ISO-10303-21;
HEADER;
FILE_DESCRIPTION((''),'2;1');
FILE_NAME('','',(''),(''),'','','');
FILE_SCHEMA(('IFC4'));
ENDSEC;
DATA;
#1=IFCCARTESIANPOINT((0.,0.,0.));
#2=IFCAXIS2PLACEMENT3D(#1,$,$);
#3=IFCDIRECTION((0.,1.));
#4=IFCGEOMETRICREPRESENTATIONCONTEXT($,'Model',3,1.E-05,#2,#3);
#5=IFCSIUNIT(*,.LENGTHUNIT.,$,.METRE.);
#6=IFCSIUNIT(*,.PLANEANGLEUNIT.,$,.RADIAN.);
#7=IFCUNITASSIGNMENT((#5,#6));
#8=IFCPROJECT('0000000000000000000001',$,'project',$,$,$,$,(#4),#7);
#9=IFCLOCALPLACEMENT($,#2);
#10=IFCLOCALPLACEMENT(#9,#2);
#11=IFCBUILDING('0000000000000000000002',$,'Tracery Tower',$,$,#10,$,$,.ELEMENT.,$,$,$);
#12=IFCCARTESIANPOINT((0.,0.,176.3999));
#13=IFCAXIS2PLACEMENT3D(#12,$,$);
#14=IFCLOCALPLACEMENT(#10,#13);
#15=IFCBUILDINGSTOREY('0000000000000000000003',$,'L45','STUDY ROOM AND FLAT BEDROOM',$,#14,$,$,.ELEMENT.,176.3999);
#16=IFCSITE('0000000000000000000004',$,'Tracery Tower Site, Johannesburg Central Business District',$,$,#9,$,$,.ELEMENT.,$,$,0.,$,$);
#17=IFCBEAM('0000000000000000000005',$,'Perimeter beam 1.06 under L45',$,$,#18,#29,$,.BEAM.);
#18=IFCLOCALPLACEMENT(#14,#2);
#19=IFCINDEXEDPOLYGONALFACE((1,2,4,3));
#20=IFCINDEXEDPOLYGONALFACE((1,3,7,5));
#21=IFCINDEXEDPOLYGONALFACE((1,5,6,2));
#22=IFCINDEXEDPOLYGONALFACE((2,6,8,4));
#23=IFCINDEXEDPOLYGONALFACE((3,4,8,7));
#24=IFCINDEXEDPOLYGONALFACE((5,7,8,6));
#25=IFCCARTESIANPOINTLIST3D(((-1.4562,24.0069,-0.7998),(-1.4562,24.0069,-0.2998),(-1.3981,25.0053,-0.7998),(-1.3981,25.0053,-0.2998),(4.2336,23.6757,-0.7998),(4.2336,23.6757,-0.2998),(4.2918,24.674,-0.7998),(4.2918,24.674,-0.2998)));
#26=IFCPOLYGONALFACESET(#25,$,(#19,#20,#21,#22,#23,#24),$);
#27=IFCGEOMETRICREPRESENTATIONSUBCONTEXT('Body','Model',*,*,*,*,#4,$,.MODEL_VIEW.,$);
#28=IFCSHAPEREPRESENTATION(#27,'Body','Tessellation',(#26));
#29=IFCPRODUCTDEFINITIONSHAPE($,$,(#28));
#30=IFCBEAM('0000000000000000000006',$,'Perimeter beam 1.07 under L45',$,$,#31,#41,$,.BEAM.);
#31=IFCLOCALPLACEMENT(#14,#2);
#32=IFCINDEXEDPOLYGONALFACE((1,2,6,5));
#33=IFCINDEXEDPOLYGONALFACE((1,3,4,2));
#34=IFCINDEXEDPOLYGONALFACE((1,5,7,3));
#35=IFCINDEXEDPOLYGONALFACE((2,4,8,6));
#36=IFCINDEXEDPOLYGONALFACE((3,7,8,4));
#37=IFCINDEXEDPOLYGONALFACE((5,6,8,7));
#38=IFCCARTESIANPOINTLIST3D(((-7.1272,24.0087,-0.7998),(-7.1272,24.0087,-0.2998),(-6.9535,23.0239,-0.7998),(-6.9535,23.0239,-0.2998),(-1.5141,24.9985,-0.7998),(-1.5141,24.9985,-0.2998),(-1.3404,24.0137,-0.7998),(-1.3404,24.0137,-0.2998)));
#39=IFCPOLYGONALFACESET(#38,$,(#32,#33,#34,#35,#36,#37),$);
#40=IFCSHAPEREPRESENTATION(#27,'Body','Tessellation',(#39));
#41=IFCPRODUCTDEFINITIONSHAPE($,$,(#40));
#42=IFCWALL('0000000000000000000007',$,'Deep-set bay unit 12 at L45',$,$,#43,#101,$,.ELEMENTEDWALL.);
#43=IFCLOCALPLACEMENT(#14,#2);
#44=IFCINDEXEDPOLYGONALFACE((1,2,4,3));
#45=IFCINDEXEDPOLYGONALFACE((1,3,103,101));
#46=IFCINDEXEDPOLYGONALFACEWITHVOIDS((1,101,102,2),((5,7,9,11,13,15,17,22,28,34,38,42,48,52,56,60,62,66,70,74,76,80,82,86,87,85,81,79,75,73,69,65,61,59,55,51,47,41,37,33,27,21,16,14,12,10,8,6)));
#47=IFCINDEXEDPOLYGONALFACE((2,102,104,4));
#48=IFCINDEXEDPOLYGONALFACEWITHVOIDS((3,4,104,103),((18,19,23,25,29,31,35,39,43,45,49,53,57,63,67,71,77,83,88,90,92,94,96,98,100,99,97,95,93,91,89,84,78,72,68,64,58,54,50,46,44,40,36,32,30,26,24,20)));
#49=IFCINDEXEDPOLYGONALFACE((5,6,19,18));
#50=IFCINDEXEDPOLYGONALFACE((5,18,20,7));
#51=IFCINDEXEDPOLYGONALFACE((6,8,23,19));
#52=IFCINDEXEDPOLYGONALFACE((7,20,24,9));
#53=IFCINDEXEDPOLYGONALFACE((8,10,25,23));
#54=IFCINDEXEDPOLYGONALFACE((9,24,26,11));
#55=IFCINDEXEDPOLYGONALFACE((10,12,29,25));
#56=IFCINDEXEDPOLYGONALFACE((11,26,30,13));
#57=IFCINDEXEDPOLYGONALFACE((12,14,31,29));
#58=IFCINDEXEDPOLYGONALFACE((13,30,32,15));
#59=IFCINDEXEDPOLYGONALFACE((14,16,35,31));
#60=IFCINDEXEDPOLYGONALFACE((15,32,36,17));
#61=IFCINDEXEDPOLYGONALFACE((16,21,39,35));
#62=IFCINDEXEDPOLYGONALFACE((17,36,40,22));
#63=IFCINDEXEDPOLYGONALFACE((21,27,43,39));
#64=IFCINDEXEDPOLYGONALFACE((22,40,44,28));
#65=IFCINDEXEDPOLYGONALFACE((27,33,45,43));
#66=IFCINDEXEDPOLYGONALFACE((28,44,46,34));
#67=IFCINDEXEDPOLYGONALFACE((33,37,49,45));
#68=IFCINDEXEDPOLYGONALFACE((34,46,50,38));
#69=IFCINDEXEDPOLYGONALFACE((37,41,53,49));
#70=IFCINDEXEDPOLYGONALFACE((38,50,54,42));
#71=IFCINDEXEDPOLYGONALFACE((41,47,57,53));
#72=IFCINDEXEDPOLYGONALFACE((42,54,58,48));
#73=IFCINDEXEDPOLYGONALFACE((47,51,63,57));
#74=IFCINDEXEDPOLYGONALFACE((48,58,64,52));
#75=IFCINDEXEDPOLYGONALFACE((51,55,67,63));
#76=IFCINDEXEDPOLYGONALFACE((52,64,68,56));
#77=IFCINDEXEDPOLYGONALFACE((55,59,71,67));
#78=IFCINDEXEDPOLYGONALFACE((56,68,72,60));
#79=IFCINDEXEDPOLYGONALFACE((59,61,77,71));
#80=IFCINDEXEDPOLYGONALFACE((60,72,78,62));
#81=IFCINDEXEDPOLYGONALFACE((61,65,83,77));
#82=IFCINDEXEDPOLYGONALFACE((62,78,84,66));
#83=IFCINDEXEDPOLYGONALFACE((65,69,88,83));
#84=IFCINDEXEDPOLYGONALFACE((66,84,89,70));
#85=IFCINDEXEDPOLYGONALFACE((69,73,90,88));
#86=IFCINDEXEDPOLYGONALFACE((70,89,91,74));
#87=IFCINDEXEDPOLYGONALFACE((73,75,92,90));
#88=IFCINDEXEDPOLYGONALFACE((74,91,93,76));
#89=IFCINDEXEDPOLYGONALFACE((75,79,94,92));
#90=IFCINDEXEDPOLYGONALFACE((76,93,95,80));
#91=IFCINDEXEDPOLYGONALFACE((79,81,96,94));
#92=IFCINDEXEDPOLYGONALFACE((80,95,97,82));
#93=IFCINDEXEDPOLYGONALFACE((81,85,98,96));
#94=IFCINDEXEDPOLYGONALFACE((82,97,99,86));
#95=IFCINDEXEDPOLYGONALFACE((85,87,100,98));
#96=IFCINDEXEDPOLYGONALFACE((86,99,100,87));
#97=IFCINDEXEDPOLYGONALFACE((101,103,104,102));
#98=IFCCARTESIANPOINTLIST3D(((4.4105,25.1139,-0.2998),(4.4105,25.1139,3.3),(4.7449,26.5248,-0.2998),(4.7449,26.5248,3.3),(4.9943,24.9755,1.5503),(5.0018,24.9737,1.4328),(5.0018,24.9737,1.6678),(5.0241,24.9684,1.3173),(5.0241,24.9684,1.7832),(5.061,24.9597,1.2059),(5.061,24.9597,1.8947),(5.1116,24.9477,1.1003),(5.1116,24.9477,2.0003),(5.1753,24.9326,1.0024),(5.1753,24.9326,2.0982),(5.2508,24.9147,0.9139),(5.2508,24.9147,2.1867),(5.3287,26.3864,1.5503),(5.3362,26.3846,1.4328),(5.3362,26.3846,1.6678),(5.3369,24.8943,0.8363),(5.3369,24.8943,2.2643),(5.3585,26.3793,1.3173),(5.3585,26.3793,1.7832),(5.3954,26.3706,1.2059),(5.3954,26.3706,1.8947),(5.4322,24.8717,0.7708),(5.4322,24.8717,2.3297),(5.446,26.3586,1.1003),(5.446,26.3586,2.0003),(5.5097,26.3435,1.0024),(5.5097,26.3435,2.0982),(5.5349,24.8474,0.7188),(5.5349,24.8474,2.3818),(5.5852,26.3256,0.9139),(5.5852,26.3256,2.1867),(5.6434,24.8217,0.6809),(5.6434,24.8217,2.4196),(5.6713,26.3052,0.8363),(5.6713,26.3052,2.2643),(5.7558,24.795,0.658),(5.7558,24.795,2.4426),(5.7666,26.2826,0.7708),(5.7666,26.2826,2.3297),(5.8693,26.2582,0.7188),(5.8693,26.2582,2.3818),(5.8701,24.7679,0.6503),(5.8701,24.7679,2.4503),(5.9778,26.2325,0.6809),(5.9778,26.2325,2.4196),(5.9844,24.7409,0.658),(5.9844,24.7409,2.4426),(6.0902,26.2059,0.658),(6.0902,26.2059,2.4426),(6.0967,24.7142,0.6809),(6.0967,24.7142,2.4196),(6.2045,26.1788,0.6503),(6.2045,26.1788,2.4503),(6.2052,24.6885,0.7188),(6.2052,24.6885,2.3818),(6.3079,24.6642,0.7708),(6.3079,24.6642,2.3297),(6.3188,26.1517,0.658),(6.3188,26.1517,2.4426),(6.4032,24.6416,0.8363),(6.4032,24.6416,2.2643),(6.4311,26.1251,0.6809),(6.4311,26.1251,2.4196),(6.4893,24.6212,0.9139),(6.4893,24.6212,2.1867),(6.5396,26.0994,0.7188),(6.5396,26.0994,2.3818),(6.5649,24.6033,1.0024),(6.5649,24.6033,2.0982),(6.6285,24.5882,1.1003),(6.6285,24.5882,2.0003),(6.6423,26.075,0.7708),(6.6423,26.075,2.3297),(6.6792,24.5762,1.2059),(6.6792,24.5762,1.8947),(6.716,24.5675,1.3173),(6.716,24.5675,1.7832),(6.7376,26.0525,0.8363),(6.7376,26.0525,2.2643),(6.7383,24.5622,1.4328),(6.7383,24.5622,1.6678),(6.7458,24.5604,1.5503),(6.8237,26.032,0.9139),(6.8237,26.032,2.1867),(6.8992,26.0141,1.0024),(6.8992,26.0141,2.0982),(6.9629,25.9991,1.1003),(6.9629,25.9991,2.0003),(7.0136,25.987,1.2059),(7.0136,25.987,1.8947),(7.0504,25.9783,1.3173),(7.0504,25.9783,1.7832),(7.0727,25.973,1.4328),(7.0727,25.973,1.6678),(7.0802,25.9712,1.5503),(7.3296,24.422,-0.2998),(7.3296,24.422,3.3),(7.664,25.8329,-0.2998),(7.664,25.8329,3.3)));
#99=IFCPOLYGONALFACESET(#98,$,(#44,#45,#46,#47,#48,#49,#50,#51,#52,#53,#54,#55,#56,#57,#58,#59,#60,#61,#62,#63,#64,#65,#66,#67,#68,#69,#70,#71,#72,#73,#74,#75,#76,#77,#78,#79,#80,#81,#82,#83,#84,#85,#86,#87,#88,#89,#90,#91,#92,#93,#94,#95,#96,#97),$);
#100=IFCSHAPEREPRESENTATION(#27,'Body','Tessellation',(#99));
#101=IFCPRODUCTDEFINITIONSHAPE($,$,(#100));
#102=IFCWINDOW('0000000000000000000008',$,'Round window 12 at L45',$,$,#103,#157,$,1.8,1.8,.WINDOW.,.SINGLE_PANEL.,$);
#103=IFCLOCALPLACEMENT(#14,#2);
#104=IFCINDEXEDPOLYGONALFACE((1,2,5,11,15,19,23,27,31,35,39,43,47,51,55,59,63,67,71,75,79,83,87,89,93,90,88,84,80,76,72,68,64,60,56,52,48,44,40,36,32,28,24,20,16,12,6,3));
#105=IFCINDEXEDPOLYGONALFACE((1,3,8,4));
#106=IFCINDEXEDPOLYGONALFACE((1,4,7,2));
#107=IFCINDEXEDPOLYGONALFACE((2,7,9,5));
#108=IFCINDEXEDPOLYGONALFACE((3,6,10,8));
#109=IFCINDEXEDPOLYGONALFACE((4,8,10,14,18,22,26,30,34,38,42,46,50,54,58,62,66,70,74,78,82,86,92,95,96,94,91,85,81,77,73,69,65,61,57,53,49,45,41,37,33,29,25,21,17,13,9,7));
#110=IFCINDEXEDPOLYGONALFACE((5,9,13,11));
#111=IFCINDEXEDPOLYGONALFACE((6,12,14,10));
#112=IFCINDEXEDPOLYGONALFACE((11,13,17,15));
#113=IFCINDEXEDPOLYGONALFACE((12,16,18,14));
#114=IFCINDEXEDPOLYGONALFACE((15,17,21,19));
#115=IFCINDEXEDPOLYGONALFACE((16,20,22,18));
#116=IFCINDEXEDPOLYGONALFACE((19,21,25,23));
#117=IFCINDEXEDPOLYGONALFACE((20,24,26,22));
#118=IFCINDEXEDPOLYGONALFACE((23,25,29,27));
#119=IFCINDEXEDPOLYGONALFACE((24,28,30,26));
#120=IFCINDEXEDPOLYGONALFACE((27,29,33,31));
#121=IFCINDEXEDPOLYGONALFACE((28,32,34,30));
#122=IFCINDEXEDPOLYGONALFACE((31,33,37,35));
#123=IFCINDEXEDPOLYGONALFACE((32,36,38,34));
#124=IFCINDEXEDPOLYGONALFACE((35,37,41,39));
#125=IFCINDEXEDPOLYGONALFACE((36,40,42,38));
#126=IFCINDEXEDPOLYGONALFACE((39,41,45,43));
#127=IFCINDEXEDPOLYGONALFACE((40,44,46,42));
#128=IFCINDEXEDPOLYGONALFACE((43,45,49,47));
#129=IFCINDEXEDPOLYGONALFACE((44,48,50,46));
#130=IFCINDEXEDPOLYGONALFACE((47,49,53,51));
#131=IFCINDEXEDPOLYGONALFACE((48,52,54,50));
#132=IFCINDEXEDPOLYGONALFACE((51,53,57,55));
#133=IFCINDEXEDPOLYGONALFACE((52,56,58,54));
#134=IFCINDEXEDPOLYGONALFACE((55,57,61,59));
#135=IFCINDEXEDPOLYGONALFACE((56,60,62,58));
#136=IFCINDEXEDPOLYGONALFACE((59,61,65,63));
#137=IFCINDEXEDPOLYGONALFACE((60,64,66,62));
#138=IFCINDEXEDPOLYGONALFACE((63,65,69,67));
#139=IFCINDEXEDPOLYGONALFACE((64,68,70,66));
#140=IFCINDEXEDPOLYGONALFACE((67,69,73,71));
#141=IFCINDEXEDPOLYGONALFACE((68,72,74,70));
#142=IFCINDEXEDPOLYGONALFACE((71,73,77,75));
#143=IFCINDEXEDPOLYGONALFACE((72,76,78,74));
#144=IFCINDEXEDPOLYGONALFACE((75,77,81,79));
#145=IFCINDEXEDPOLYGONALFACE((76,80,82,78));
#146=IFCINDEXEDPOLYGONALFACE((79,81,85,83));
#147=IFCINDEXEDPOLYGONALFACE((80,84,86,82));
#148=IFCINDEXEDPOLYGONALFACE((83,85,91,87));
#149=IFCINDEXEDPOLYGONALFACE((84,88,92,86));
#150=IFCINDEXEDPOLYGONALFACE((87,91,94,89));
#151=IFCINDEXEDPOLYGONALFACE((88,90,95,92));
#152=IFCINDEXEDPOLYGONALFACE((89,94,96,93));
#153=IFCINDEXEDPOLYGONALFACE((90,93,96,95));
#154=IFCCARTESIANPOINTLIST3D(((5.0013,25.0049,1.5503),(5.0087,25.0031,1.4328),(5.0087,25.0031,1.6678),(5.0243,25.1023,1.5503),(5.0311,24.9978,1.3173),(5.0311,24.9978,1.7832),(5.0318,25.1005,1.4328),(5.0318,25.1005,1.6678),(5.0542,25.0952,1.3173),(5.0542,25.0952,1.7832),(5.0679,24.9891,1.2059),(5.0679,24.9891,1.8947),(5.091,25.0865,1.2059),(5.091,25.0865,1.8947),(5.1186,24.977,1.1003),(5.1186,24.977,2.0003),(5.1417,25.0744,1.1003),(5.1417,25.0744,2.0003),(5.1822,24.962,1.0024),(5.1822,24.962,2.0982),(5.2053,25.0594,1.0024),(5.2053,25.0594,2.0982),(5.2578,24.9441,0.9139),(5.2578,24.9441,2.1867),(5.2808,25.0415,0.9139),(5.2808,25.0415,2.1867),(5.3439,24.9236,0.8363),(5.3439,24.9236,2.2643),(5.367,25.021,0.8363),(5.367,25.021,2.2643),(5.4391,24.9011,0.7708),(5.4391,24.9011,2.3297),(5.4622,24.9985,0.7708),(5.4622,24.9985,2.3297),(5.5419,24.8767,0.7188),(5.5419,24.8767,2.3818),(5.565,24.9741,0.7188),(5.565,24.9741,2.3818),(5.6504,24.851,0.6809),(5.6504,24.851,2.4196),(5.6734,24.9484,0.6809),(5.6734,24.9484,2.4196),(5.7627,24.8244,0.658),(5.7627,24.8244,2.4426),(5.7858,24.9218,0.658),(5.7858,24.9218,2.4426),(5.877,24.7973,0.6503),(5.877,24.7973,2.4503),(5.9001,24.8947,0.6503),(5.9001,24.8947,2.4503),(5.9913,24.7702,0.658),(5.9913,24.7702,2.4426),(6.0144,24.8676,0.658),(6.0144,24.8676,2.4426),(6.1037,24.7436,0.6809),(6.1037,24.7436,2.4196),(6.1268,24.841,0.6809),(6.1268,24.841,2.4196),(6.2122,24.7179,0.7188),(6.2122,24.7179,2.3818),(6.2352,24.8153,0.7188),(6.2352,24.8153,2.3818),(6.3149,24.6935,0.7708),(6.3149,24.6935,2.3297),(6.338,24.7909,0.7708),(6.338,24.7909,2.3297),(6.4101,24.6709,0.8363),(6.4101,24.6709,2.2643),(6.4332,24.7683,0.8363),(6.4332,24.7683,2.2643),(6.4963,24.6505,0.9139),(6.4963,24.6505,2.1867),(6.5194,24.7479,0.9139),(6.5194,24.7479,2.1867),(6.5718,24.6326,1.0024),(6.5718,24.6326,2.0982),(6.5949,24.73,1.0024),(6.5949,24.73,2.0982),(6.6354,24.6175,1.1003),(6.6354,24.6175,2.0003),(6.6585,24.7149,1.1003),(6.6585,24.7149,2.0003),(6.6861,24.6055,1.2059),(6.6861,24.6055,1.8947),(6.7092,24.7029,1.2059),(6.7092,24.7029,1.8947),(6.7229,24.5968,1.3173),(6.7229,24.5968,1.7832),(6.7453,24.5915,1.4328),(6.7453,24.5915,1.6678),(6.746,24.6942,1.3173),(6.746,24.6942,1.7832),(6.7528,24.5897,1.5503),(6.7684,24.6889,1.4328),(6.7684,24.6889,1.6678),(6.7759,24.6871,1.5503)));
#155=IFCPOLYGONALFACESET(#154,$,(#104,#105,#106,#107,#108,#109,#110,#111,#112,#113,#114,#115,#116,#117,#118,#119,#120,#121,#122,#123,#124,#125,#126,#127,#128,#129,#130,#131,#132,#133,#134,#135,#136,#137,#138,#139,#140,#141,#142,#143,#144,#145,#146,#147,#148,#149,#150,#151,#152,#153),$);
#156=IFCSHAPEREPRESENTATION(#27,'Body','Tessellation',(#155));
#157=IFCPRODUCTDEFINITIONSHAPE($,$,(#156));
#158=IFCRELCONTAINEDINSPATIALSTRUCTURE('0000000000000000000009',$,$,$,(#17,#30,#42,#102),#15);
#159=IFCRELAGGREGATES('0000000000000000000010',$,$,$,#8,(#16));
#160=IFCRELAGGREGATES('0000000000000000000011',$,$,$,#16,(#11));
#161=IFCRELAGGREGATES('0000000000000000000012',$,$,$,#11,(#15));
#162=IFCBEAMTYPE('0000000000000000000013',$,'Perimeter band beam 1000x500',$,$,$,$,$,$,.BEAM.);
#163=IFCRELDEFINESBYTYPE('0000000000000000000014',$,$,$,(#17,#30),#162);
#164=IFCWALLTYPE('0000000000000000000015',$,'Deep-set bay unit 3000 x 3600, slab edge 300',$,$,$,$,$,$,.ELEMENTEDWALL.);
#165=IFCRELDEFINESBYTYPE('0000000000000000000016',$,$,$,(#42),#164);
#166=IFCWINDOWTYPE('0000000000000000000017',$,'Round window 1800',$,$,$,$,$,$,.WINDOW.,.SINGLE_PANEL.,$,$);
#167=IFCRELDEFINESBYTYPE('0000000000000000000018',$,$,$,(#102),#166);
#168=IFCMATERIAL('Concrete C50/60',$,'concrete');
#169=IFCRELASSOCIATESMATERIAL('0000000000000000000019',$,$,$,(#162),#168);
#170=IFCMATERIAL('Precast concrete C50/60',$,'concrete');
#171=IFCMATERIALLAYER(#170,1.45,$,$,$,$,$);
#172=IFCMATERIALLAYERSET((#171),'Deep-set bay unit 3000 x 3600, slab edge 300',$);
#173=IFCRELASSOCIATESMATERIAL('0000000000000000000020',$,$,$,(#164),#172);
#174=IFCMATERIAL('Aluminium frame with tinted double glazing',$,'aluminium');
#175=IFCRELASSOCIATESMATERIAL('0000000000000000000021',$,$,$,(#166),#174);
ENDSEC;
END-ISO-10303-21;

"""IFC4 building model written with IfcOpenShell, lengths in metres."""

from ifc_helpers import new_model, si_unit, direction, frame, frame_2d, origin, origin_2d, place, context, subcontext, project, spatial, rectangle, circle, extrude, material, layer, layer_set, material_profile, profile_set, type_object, element, fill, save


model = new_model("IFC4")

# Units and contexts
model_context = context("Model", 3, precision=1e-05, world=origin(), true_north=direction((0.0, 1.0)))
body_context = subcontext(model_context, "Body", "Model", "MODEL_VIEW")
ifc_project = project(units=[si_unit("LENGTHUNIT", "METRE"), si_unit("PLANEANGLEUNIT", "RADIAN")], contexts=[model_context])

# Site, building, storey
site_placement = place(None, origin())
site = spatial("IfcSite", under=ifc_project, at=site_placement, Name="Tracery Tower Site, Johannesburg Central Business District", CompositionType="ELEMENT", RefElevation=0.0)
building_placement = place(site_placement, origin())
building = spatial("IfcBuilding", under=site, at=building_placement, Name="Tracery Tower", CompositionType="ELEMENT")
storey_placement = place(building_placement, frame((0.0, 0.0, 176.3999)))
storey = spatial("IfcBuildingStorey", under=building, at=storey_placement, Name="L45", Description="STUDY ROOM AND FLAT BEDROOM", CompositionType="ELEMENT", Elevation=176.3999)

# Beams
ifc_material_1 = material(Name="Concrete C50/60", Category="concrete")
ifc_material_profile_1 = material_profile(ifc_material_1, rectangle(XDim=1.0, YDim=0.5, at=origin_2d()), Name="RC 1000x500")
ifc_profile_set_1 = profile_set([ifc_material_profile_1], Name="Concrete C50/60")
beam_type_1 = type_object("IfcBeamType", Name="Perimeter band beam 1000x500", PredefinedType="BEAM", material=ifc_profile_set_1)
beam_1_placement = place(storey_placement, frame((4.2627, 24.1748, -0.5498), z_axis=(-0.998309, 0.058127, 0.0), x_axis=(-0.058127, -0.998309, 0.0)))
element("IfcBeam", 1, at=beam_1_placement, inside=storey, type_object=beam_type_1, Name="Perimeter beam 1.06 under L45", PredefinedType="BEAM", context=body_context, shape_type="SweptSolid", body=[
    extrude(rectangle(XDim=1.0, YDim=0.5, at=origin_2d()), origin(), (0.0, 0.0, 1.0), 5.6995),
])
beam_2_placement = place(storey_placement, frame((-1.4272, 24.5061, -0.5498), z_axis=(-0.984807, -0.173651, 0.0), x_axis=(0.173651, -0.984807, 0.0)))
element("IfcBeam", 2, at=beam_2_placement, inside=storey, type_object=beam_type_1, Name="Perimeter beam 1.07 under L45", PredefinedType="BEAM", context=body_context, shape_type="SweptSolid", body=[
    extrude(rectangle(XDim=1.0, YDim=0.5, at=origin_2d()), origin(), (0.0, 0.0, 1.0), 5.6997),
])

# Wall, opening, window
ifc_material_2 = material(Name="Precast concrete C50/60", Category="concrete")
ifc_layer_1 = layer(ifc_material_2, 1.45)
ifc_layer_set_1 = layer_set([ifc_layer_1], Name="Deep-set bay unit 3000 x 3600, slab edge 300")
wall_type_1 = type_object("IfcWallType", Name="Deep-set bay unit 3000 x 3600, slab edge 300", PredefinedType="ELEMENTEDWALL", material=ifc_layer_set_1)
wall_1_placement = place(storey_placement, frame((7.4968, 25.1274, -0.2998), z_axis=(0.0, 0.0, 1.0), x_axis=(-0.973042, 0.230627, 0.0)))
wall_1 = element("IfcWall", 3, at=wall_1_placement, inside=storey, type_object=wall_type_1, Name="Deep-set bay unit 12 at L45", PredefinedType="ELEMENTEDWALL", context=body_context, shape_type="SweptSolid", body=[
    extrude(rectangle(XDim=3.0, YDim=1.45, at=frame_2d((1.5, 0.0))), origin(), (0.0, 0.0, 1.0), 3.5999),
])
opening_1_placement = place(wall_1_placement, frame((1.5, 0.0, 1.8501)))
opening_1 = element("IfcOpeningElement", 4, at=opening_1_placement, cuts=wall_1, PredefinedType="OPENING", context=body_context, shape_type="SweptSolid", body=[
    extrude(circle(Radius=0.9, at=origin_2d()), frame((0.0, 0.7349, 0.0), z_axis=(0.0, -1.0, 0.0), x_axis=(1.0, 0.0, 0.0)), (0.0, 0.0, 1.0), 1.47),
])
ifc_material_3 = material(Name="Aluminium frame with tinted double glazing", Category="aluminium")
window_type = type_object("IfcWindowType", Name="Round window 1800", PartitioningType="SINGLE_PANEL", PredefinedType="WINDOW", material=ifc_material_3)
window_1_placement = place(opening_1_placement, origin())
window_1 = element("IfcWindow", 5, at=window_1_placement, inside=storey, type_object=window_type, Name="Round window 12 at L45", OverallHeight=1.8, OverallWidth=1.8, PartitioningType="SINGLE_PANEL", PredefinedType="WINDOW", context=body_context, shape_type="SweptSolid", body=[
    extrude(circle(Radius=0.9, at=origin_2d()), frame((0.0, 0.6948, 0.0), z_axis=(0.0, -1.0, 0.0), x_axis=(1.0, 0.0, 0.0)), (0.0, 0.0, 1.0), 0.1001),
])
fill(opening_1, window_1)

save(model, "model.ifc")
